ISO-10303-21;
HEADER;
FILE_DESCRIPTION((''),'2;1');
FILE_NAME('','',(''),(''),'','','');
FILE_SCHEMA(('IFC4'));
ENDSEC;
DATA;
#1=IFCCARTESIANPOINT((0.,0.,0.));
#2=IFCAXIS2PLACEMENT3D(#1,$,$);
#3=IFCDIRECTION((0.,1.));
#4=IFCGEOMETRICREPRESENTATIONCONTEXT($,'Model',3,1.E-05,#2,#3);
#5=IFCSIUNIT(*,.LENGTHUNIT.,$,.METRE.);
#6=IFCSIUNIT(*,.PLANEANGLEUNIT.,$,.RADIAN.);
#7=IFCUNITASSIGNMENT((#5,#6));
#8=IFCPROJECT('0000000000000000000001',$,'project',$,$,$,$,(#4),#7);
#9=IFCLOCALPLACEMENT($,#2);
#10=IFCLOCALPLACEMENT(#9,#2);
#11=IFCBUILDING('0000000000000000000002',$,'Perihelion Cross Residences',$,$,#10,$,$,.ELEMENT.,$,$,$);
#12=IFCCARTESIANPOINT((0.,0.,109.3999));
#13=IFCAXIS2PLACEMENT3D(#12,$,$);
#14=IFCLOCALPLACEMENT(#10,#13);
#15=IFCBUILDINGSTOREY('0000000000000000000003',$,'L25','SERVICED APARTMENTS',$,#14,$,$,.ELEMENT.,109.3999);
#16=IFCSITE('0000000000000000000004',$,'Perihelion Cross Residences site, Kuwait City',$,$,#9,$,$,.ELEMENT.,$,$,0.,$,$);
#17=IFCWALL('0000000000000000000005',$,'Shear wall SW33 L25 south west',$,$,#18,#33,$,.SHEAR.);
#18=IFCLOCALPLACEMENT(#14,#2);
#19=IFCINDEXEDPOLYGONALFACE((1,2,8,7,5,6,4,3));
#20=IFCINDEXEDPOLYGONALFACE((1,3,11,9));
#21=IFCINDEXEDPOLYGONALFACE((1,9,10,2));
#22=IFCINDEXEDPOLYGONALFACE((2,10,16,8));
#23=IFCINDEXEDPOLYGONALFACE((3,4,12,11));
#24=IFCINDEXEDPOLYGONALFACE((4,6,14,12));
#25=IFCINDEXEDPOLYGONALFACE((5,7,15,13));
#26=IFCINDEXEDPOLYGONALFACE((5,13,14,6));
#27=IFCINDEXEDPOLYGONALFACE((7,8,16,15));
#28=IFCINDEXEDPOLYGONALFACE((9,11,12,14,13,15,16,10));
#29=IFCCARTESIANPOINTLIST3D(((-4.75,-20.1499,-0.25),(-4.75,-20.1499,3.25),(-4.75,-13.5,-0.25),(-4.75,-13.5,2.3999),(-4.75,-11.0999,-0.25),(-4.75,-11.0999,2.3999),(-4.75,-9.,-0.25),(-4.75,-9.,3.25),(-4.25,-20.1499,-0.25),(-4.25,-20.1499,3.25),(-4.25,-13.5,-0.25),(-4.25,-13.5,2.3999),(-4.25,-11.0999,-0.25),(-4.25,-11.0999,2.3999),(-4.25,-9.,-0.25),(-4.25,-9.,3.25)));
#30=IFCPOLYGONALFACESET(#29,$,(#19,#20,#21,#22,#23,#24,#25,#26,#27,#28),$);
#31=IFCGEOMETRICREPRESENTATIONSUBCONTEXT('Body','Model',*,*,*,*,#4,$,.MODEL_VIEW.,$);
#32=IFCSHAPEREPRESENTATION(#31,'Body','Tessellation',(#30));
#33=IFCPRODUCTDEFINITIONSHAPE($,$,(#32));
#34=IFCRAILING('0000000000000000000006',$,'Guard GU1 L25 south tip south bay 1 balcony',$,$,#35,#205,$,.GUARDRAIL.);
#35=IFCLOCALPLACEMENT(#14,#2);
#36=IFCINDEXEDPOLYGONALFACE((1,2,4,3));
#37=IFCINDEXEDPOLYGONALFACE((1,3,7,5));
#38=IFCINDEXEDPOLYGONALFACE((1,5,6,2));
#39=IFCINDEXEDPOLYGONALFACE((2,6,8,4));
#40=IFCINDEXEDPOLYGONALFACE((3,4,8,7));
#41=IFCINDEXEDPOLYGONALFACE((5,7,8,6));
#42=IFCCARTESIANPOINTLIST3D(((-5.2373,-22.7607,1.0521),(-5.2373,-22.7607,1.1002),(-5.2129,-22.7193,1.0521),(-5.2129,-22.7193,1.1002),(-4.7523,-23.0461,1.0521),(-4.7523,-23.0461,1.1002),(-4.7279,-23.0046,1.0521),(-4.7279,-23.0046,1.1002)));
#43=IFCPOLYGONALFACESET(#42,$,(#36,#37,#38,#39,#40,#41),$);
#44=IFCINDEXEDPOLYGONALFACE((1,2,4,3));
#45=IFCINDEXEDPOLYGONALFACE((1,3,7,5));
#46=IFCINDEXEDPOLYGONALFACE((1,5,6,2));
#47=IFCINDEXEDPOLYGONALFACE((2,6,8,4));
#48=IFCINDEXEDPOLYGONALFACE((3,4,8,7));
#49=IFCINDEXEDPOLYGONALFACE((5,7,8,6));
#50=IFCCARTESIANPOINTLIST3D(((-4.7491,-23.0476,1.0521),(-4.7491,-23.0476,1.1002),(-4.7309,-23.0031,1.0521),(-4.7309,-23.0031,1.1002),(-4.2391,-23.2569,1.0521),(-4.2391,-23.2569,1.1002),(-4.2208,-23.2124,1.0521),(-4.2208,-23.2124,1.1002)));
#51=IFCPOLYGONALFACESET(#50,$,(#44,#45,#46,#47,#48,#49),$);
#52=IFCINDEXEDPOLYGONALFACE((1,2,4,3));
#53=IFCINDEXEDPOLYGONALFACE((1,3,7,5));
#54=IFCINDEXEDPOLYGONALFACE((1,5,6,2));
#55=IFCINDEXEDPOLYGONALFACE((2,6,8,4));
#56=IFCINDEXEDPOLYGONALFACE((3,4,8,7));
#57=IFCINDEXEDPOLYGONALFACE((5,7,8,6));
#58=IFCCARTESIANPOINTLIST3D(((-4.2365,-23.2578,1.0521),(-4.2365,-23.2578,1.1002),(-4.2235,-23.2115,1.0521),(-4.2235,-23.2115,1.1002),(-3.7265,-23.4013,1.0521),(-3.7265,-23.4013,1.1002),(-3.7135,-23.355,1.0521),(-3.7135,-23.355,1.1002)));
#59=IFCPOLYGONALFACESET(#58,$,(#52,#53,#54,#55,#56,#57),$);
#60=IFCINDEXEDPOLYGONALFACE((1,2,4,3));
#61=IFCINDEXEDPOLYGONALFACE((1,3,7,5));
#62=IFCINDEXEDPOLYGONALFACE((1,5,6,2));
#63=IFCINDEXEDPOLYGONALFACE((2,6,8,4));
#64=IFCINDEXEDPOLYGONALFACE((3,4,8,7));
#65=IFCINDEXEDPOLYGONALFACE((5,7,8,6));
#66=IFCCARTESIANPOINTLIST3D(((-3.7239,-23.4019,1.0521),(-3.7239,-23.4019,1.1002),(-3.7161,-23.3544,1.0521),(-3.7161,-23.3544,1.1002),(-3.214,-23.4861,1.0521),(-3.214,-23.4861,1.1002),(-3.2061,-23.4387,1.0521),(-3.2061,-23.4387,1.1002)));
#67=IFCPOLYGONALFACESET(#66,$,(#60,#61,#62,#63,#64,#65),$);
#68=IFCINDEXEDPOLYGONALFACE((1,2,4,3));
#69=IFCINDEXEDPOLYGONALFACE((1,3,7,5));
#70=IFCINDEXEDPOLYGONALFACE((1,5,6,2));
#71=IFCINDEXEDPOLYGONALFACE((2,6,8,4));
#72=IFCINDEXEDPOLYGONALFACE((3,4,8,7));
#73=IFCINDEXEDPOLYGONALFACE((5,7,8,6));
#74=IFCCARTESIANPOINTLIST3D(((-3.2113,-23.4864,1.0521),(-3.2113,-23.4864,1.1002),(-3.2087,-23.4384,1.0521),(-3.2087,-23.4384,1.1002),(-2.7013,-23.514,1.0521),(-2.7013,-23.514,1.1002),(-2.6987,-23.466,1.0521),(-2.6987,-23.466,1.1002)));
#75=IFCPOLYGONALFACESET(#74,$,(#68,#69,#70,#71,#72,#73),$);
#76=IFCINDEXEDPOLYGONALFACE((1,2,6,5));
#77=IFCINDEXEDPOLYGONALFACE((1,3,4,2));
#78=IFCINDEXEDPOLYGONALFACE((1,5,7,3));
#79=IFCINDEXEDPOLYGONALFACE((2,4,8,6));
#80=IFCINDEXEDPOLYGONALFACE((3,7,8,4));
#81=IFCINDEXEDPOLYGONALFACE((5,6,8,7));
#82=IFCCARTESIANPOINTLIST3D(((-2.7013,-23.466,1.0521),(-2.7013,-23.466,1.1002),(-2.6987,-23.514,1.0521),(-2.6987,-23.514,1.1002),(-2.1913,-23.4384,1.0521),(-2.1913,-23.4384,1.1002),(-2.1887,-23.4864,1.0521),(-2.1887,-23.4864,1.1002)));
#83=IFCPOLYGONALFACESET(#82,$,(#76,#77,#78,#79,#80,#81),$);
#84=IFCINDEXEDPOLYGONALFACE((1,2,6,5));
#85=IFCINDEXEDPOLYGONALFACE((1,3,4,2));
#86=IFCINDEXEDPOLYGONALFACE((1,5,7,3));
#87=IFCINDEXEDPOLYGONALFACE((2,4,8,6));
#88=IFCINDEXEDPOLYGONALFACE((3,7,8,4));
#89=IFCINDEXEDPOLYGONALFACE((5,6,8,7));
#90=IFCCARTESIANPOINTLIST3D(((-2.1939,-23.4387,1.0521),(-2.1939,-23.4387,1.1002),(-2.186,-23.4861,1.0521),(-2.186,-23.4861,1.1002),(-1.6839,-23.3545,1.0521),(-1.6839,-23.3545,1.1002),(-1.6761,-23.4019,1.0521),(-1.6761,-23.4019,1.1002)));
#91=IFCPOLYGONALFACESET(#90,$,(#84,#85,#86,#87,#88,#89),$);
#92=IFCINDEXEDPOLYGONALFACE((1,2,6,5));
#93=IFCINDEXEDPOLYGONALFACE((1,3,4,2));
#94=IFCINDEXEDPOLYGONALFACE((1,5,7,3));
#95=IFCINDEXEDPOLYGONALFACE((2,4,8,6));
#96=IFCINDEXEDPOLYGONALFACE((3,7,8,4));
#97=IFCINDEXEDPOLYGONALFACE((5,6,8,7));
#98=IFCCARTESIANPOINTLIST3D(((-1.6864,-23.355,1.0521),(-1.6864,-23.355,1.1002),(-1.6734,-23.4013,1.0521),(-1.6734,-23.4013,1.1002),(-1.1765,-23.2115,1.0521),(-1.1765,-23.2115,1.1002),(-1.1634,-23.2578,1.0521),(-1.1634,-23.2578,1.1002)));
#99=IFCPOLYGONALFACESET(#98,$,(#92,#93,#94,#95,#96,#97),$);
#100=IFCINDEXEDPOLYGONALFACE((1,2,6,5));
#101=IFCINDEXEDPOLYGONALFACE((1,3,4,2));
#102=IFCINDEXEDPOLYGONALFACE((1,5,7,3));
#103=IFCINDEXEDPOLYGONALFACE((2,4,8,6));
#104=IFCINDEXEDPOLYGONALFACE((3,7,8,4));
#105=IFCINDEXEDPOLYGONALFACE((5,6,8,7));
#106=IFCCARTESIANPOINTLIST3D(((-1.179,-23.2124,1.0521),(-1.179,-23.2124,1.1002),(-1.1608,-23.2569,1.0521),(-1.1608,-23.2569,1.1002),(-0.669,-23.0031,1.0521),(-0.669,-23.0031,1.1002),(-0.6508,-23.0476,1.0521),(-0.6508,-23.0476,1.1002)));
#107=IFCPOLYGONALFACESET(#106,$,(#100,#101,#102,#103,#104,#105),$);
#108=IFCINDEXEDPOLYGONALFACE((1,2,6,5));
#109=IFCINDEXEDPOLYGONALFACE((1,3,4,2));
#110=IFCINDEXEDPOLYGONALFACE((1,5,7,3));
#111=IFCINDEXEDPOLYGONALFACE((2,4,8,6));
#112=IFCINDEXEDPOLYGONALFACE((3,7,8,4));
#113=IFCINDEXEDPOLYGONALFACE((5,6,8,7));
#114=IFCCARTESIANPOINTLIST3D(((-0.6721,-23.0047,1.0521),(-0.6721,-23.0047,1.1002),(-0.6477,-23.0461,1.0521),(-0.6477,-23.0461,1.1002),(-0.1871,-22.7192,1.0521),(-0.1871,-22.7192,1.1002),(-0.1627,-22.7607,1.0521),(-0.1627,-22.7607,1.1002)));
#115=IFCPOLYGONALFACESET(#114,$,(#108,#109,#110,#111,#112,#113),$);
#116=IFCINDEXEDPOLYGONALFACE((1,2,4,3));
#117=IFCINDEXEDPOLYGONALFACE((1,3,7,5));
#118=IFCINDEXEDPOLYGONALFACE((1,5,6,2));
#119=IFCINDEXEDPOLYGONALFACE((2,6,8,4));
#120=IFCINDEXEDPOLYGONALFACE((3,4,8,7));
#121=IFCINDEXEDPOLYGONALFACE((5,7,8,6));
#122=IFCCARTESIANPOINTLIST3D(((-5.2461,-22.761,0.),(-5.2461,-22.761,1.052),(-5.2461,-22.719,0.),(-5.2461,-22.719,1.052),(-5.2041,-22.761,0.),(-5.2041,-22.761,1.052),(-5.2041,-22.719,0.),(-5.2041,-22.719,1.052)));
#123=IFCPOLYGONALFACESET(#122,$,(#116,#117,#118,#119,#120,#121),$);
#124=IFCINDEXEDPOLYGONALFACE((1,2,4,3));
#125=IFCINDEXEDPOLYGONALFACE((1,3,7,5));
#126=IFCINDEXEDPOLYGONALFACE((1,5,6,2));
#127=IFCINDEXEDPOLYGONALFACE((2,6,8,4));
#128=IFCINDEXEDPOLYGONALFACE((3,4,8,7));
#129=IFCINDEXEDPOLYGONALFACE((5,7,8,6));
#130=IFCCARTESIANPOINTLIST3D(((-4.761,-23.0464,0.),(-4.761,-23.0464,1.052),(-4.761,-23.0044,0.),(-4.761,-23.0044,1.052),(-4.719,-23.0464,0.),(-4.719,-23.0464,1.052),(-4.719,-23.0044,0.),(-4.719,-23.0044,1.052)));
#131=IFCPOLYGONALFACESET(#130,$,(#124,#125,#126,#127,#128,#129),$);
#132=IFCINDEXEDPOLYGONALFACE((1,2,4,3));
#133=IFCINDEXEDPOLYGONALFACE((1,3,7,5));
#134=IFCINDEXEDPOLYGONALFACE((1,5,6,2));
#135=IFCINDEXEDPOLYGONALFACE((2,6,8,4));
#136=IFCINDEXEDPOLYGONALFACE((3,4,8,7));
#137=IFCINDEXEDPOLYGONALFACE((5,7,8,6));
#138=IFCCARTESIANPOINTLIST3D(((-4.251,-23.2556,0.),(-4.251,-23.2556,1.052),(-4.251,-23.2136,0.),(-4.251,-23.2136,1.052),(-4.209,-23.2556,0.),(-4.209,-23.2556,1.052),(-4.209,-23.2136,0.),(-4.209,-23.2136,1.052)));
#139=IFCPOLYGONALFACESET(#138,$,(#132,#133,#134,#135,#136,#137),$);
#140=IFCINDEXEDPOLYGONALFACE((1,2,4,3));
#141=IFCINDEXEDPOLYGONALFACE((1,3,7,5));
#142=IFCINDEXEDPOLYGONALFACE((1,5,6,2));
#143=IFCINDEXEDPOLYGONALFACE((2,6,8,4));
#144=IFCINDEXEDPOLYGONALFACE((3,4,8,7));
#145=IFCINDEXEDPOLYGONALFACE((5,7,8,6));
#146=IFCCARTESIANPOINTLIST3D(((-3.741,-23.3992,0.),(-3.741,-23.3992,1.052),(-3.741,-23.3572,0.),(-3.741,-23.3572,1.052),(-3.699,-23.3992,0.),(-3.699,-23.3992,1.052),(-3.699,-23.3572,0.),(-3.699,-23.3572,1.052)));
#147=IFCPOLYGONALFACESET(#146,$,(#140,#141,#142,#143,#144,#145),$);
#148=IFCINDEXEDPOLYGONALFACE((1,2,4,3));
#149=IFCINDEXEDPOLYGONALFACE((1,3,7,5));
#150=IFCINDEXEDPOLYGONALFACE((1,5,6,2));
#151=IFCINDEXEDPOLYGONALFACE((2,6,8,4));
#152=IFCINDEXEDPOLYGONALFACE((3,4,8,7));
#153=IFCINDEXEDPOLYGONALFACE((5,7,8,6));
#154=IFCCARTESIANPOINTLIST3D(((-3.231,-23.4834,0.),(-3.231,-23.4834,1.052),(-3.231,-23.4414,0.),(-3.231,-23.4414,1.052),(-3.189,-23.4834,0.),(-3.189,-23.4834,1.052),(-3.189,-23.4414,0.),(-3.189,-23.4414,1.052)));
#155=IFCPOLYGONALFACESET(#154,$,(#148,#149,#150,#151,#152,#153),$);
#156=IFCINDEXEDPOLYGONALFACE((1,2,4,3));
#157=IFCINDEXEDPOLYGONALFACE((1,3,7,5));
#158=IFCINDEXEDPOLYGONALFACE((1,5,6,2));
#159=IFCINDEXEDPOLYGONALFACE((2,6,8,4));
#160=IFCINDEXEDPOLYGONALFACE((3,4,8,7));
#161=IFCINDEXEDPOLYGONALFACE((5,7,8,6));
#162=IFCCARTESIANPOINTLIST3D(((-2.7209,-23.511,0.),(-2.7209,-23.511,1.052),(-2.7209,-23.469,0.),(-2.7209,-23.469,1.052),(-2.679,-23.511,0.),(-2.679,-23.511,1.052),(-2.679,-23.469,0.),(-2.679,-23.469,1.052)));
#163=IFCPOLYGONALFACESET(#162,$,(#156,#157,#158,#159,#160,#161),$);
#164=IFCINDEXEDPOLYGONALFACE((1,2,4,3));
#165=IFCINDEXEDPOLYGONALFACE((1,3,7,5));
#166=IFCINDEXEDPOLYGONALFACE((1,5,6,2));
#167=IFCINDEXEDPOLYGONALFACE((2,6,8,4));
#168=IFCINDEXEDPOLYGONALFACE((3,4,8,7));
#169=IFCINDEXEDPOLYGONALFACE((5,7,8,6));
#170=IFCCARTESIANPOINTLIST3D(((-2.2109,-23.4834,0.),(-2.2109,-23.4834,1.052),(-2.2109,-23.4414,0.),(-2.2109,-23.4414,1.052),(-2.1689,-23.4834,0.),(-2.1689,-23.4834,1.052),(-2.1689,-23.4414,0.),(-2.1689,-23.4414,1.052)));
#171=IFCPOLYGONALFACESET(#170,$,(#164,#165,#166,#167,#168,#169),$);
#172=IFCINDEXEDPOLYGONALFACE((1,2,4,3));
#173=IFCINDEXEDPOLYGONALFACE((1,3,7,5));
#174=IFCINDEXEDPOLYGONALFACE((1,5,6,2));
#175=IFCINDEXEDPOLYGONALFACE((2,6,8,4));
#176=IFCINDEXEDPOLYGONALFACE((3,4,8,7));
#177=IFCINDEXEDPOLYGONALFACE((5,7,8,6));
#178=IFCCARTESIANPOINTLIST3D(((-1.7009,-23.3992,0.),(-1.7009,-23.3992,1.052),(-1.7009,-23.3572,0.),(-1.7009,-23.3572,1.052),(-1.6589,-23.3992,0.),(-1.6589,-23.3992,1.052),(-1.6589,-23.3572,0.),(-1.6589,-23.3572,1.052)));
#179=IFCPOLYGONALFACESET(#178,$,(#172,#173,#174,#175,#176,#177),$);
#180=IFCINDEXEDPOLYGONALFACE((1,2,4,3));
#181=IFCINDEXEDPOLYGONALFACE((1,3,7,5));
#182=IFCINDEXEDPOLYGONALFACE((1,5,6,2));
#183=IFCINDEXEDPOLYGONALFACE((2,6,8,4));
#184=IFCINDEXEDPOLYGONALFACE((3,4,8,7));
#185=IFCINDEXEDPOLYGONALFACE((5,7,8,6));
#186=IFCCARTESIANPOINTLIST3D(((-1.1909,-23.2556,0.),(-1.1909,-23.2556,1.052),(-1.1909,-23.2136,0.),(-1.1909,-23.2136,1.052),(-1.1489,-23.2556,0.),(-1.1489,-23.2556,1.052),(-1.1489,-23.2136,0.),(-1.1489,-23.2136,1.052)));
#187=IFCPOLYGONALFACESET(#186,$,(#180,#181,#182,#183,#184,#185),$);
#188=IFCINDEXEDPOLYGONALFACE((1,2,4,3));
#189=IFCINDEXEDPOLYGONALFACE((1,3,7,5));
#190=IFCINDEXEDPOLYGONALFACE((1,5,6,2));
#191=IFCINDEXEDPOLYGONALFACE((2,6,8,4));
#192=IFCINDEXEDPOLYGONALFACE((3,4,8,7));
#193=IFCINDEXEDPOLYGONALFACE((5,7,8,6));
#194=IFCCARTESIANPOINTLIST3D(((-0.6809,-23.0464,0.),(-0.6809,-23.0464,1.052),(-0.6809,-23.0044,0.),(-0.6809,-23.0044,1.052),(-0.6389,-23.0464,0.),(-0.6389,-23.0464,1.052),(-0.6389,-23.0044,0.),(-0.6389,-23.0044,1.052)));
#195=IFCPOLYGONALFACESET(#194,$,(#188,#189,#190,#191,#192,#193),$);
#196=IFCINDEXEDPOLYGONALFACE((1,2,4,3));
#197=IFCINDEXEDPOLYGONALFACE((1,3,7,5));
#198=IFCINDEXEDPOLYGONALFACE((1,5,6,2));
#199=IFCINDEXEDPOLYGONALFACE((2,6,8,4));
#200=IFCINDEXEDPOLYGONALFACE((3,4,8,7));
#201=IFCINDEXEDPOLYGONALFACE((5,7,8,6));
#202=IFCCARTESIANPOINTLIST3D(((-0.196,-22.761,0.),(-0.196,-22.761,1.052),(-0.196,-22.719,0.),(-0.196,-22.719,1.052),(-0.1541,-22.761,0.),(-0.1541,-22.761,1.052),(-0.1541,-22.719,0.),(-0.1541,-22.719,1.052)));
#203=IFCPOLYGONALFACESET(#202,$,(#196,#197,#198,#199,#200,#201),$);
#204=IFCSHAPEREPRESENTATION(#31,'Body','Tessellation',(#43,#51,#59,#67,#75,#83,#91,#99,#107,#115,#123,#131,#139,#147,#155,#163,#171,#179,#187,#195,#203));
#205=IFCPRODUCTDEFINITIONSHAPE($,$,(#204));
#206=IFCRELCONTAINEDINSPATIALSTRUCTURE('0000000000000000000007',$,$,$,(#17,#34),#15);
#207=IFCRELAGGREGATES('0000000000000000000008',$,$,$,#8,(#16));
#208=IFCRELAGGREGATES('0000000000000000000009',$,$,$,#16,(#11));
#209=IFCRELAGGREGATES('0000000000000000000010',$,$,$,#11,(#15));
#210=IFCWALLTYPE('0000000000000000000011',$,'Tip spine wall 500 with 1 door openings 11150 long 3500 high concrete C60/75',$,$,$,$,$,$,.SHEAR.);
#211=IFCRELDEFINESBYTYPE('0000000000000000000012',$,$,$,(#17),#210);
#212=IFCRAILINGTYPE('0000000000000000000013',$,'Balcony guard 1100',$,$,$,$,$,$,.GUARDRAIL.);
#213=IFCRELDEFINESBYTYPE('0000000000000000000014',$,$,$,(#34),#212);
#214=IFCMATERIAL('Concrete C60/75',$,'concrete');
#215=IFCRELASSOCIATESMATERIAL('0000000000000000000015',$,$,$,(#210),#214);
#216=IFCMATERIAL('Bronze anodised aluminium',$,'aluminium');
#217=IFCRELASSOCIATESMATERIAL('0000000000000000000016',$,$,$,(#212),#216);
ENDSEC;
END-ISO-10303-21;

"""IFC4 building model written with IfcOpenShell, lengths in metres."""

from ifc_helpers import new_model, si_unit, direction, frame, origin, origin_2d, place, context, subcontext, project, spatial, polyline, rectangle, outline, extrude, material, material_profile, profile_set, type_object, element, save


model = new_model("IFC4")

# Units and contexts
model_context = context("Model", 3, precision=1e-05, world=origin(), true_north=direction((0.0, 1.0)))
body_context = subcontext(model_context, "Body", "Model", "MODEL_VIEW")
ifc_project = project(units=[si_unit("LENGTHUNIT", "METRE"), si_unit("PLANEANGLEUNIT", "RADIAN")], contexts=[model_context])

# Site, building, storey
site_placement = place(None, origin())
site = spatial("IfcSite", under=ifc_project, at=site_placement, Name="Perihelion Cross Residences site, Kuwait City", CompositionType="ELEMENT", RefElevation=0.0)
building_placement = place(site_placement, origin())
building = spatial("IfcBuilding", under=site, at=building_placement, Name="Perihelion Cross Residences", CompositionType="ELEMENT")
storey_placement = place(building_placement, frame((0.0, 0.0, 109.3999)))
storey = spatial("IfcBuildingStorey", under=building, at=storey_placement, Name="L25", Description="SERVICED APARTMENTS", CompositionType="ELEMENT", Elevation=109.3999)

# Wall
ifc_material_1 = material(Name="Concrete C60/75", Category="concrete")
ifc_material_profile_1 = material_profile(ifc_material_1, outline(polyline([(0.0, 0.0), (6.6499, 0.0), (6.6499, 2.6499), (9.05, 2.6499), (9.05, 0.0), (11.1499, 0.0), (11.1499, 3.5), (0.0, 3.5), (0.0, 0.0)])), Name="Tip spine wall")
ifc_profile_set_1 = profile_set([ifc_material_profile_1], Name="Concrete C60/75")
wall_type_1 = type_object("IfcWallType", Name="Tip spine wall 500 with 1 door openings 11150 long 3500 high concrete C60/75", PredefinedType="SHEAR", material=ifc_profile_set_1)
wall_1_placement = place(storey_placement, frame((-4.75, -20.1499, -0.25), z_axis=(1.0, 0.0, 0.0), x_axis=(0.0, 1.0, 0.0)))
element("IfcWall", 1, at=wall_1_placement, inside=storey, type_object=wall_type_1, Name="Shear wall SW33 L25 south west", PredefinedType="SHEAR", context=body_context, shape_type="SweptSolid", body=[
    extrude(outline(polyline([(0.0, 0.0), (6.6499, 0.0), (6.6499, 2.6499), (9.05, 2.6499), (9.05, 0.0), (11.1499, 0.0), (11.1499, 3.5), (0.0, 3.5), (0.0, 0.0)])), origin(), (0.0, 0.0, 1.0), 0.5),
])

# Railing
ifc_material_2 = material(Name="Bronze anodised aluminium", Category="aluminium")
railing_type = type_object("IfcRailingType", Name="Balcony guard 1100", PredefinedType="GUARDRAIL", material=ifc_material_2)
railing_1_placement = place(storey_placement, frame((-5.2251, -22.74, 0.0)))
element("IfcRailing", 2, at=railing_1_placement, inside=storey, type_object=railing_type, Name="Guard GU1 L25 south tip south bay 1 balcony", PredefinedType="GUARDRAIL", context=body_context, shape_type="SweptSolid", body=[
    extrude(rectangle(XDim=0.0481, YDim=0.0481, at=origin_2d()), frame((0.0, 0.0, 1.0762), z_axis=(0.861901, -0.507077, 0.0), x_axis=(0.507077, 0.861901, 0.0)), (0.0, 0.0, 1.0), 0.5627),
    extrude(rectangle(XDim=0.0481, YDim=0.0481, at=origin_2d()), frame((0.4851, -0.2854, 1.0762), z_axis=(0.925173, -0.379547, 0.0), x_axis=(0.379547, 0.925173, 0.0)), (0.0, 0.0, 1.0), 0.5513),
    extrude(rectangle(XDim=0.0481, YDim=0.0481, at=origin_2d()), frame((0.9951, -0.4946, 1.0762), z_axis=(0.962595, -0.270946, 0.0), x_axis=(0.270946, 0.962595, 0.0)), (0.0, 0.0, 1.0), 0.5298),
    extrude(rectangle(XDim=0.0481, YDim=0.0481, at=origin_2d()), frame((1.5051, -0.6382, 1.0762), z_axis=(0.986635, -0.162944, 0.0), x_axis=(0.162944, 0.986635, 0.0)), (0.0, 0.0, 1.0), 0.5168),
    extrude(rectangle(XDim=0.0481, YDim=0.0481, at=origin_2d()), frame((2.0151, -0.7224, 1.0762), z_axis=(0.99854, -0.054014, 0.0), x_axis=(0.054014, 0.99854, 0.0)), (0.0, 0.0, 1.0), 0.5107),
    extrude(rectangle(XDim=0.0481, YDim=0.0481, at=origin_2d()), frame((2.5251, -0.75, 1.0762), z_axis=(0.99854, 0.054014, 0.0), x_axis=(-0.054014, 0.99854, 0.0)), (0.0, 0.0, 1.0), 0.5107),
    extrude(rectangle(XDim=0.0481, YDim=0.0481, at=origin_2d()), frame((3.0352, -0.7224, 1.0762), z_axis=(0.986635, 0.162944, 0.0), x_axis=(-0.162944, 0.986635, 0.0)), (0.0, 0.0, 1.0), 0.5168),
    extrude(rectangle(XDim=0.0481, YDim=0.0481, at=origin_2d()), frame((3.5452, -0.6382, 1.0762), z_axis=(0.962595, 0.270946, 0.0), x_axis=(-0.270946, 0.962595, 0.0)), (0.0, 0.0, 1.0), 0.5298),
    extrude(rectangle(XDim=0.0481, YDim=0.0481, at=origin_2d()), frame((4.0552, -0.4946, 1.0762), z_axis=(0.925173, 0.379547, 0.0), x_axis=(-0.379547, 0.925173, 0.0)), (0.0, 0.0, 1.0), 0.5513),
    extrude(rectangle(XDim=0.0481, YDim=0.0481, at=origin_2d()), frame((4.5652, -0.2854, 1.0762), z_axis=(0.861789, 0.507267, 0.0), x_axis=(-0.507267, 0.861789, 0.0)), (0.0, 0.0, 1.0), 0.5627),
    extrude(rectangle(XDim=0.042, YDim=0.042, at=origin_2d()), origin(), (0.0, 0.0, 1.0), 1.052),
    extrude(rectangle(XDim=0.042, YDim=0.042, at=origin_2d()), frame((0.4851, -0.2854, 0.0)), (0.0, 0.0, 1.0), 1.052),
    extrude(rectangle(XDim=0.042, YDim=0.042, at=origin_2d()), frame((0.9951, -0.4946, 0.0)), (0.0, 0.0, 1.0), 1.052),
    extrude(rectangle(XDim=0.042, YDim=0.042, at=origin_2d()), frame((1.5051, -0.6382, 0.0)), (0.0, 0.0, 1.0), 1.052),
    extrude(rectangle(XDim=0.042, YDim=0.042, at=origin_2d()), frame((2.0151, -0.7224, 0.0)), (0.0, 0.0, 1.0), 1.052),
    extrude(rectangle(XDim=0.042, YDim=0.042, at=origin_2d()), frame((2.5251, -0.75, 0.0)), (0.0, 0.0, 1.0), 1.052),
    extrude(rectangle(XDim=0.042, YDim=0.042, at=origin_2d()), frame((3.0352, -0.7224, 0.0)), (0.0, 0.0, 1.0), 1.052),
    extrude(rectangle(XDim=0.042, YDim=0.042, at=origin_2d()), frame((3.5452, -0.6382, 0.0)), (0.0, 0.0, 1.0), 1.052),
    extrude(rectangle(XDim=0.042, YDim=0.042, at=origin_2d()), frame((4.0552, -0.4946, 0.0)), (0.0, 0.0, 1.0), 1.052),
    extrude(rectangle(XDim=0.042, YDim=0.042, at=origin_2d()), frame((4.5652, -0.2854, 0.0)), (0.0, 0.0, 1.0), 1.052),
    extrude(rectangle(XDim=0.042, YDim=0.042, at=origin_2d()), frame((5.05, 0.0, 0.0)), (0.0, 0.0, 1.0), 1.052),
])

save(model, "model.ifc")
